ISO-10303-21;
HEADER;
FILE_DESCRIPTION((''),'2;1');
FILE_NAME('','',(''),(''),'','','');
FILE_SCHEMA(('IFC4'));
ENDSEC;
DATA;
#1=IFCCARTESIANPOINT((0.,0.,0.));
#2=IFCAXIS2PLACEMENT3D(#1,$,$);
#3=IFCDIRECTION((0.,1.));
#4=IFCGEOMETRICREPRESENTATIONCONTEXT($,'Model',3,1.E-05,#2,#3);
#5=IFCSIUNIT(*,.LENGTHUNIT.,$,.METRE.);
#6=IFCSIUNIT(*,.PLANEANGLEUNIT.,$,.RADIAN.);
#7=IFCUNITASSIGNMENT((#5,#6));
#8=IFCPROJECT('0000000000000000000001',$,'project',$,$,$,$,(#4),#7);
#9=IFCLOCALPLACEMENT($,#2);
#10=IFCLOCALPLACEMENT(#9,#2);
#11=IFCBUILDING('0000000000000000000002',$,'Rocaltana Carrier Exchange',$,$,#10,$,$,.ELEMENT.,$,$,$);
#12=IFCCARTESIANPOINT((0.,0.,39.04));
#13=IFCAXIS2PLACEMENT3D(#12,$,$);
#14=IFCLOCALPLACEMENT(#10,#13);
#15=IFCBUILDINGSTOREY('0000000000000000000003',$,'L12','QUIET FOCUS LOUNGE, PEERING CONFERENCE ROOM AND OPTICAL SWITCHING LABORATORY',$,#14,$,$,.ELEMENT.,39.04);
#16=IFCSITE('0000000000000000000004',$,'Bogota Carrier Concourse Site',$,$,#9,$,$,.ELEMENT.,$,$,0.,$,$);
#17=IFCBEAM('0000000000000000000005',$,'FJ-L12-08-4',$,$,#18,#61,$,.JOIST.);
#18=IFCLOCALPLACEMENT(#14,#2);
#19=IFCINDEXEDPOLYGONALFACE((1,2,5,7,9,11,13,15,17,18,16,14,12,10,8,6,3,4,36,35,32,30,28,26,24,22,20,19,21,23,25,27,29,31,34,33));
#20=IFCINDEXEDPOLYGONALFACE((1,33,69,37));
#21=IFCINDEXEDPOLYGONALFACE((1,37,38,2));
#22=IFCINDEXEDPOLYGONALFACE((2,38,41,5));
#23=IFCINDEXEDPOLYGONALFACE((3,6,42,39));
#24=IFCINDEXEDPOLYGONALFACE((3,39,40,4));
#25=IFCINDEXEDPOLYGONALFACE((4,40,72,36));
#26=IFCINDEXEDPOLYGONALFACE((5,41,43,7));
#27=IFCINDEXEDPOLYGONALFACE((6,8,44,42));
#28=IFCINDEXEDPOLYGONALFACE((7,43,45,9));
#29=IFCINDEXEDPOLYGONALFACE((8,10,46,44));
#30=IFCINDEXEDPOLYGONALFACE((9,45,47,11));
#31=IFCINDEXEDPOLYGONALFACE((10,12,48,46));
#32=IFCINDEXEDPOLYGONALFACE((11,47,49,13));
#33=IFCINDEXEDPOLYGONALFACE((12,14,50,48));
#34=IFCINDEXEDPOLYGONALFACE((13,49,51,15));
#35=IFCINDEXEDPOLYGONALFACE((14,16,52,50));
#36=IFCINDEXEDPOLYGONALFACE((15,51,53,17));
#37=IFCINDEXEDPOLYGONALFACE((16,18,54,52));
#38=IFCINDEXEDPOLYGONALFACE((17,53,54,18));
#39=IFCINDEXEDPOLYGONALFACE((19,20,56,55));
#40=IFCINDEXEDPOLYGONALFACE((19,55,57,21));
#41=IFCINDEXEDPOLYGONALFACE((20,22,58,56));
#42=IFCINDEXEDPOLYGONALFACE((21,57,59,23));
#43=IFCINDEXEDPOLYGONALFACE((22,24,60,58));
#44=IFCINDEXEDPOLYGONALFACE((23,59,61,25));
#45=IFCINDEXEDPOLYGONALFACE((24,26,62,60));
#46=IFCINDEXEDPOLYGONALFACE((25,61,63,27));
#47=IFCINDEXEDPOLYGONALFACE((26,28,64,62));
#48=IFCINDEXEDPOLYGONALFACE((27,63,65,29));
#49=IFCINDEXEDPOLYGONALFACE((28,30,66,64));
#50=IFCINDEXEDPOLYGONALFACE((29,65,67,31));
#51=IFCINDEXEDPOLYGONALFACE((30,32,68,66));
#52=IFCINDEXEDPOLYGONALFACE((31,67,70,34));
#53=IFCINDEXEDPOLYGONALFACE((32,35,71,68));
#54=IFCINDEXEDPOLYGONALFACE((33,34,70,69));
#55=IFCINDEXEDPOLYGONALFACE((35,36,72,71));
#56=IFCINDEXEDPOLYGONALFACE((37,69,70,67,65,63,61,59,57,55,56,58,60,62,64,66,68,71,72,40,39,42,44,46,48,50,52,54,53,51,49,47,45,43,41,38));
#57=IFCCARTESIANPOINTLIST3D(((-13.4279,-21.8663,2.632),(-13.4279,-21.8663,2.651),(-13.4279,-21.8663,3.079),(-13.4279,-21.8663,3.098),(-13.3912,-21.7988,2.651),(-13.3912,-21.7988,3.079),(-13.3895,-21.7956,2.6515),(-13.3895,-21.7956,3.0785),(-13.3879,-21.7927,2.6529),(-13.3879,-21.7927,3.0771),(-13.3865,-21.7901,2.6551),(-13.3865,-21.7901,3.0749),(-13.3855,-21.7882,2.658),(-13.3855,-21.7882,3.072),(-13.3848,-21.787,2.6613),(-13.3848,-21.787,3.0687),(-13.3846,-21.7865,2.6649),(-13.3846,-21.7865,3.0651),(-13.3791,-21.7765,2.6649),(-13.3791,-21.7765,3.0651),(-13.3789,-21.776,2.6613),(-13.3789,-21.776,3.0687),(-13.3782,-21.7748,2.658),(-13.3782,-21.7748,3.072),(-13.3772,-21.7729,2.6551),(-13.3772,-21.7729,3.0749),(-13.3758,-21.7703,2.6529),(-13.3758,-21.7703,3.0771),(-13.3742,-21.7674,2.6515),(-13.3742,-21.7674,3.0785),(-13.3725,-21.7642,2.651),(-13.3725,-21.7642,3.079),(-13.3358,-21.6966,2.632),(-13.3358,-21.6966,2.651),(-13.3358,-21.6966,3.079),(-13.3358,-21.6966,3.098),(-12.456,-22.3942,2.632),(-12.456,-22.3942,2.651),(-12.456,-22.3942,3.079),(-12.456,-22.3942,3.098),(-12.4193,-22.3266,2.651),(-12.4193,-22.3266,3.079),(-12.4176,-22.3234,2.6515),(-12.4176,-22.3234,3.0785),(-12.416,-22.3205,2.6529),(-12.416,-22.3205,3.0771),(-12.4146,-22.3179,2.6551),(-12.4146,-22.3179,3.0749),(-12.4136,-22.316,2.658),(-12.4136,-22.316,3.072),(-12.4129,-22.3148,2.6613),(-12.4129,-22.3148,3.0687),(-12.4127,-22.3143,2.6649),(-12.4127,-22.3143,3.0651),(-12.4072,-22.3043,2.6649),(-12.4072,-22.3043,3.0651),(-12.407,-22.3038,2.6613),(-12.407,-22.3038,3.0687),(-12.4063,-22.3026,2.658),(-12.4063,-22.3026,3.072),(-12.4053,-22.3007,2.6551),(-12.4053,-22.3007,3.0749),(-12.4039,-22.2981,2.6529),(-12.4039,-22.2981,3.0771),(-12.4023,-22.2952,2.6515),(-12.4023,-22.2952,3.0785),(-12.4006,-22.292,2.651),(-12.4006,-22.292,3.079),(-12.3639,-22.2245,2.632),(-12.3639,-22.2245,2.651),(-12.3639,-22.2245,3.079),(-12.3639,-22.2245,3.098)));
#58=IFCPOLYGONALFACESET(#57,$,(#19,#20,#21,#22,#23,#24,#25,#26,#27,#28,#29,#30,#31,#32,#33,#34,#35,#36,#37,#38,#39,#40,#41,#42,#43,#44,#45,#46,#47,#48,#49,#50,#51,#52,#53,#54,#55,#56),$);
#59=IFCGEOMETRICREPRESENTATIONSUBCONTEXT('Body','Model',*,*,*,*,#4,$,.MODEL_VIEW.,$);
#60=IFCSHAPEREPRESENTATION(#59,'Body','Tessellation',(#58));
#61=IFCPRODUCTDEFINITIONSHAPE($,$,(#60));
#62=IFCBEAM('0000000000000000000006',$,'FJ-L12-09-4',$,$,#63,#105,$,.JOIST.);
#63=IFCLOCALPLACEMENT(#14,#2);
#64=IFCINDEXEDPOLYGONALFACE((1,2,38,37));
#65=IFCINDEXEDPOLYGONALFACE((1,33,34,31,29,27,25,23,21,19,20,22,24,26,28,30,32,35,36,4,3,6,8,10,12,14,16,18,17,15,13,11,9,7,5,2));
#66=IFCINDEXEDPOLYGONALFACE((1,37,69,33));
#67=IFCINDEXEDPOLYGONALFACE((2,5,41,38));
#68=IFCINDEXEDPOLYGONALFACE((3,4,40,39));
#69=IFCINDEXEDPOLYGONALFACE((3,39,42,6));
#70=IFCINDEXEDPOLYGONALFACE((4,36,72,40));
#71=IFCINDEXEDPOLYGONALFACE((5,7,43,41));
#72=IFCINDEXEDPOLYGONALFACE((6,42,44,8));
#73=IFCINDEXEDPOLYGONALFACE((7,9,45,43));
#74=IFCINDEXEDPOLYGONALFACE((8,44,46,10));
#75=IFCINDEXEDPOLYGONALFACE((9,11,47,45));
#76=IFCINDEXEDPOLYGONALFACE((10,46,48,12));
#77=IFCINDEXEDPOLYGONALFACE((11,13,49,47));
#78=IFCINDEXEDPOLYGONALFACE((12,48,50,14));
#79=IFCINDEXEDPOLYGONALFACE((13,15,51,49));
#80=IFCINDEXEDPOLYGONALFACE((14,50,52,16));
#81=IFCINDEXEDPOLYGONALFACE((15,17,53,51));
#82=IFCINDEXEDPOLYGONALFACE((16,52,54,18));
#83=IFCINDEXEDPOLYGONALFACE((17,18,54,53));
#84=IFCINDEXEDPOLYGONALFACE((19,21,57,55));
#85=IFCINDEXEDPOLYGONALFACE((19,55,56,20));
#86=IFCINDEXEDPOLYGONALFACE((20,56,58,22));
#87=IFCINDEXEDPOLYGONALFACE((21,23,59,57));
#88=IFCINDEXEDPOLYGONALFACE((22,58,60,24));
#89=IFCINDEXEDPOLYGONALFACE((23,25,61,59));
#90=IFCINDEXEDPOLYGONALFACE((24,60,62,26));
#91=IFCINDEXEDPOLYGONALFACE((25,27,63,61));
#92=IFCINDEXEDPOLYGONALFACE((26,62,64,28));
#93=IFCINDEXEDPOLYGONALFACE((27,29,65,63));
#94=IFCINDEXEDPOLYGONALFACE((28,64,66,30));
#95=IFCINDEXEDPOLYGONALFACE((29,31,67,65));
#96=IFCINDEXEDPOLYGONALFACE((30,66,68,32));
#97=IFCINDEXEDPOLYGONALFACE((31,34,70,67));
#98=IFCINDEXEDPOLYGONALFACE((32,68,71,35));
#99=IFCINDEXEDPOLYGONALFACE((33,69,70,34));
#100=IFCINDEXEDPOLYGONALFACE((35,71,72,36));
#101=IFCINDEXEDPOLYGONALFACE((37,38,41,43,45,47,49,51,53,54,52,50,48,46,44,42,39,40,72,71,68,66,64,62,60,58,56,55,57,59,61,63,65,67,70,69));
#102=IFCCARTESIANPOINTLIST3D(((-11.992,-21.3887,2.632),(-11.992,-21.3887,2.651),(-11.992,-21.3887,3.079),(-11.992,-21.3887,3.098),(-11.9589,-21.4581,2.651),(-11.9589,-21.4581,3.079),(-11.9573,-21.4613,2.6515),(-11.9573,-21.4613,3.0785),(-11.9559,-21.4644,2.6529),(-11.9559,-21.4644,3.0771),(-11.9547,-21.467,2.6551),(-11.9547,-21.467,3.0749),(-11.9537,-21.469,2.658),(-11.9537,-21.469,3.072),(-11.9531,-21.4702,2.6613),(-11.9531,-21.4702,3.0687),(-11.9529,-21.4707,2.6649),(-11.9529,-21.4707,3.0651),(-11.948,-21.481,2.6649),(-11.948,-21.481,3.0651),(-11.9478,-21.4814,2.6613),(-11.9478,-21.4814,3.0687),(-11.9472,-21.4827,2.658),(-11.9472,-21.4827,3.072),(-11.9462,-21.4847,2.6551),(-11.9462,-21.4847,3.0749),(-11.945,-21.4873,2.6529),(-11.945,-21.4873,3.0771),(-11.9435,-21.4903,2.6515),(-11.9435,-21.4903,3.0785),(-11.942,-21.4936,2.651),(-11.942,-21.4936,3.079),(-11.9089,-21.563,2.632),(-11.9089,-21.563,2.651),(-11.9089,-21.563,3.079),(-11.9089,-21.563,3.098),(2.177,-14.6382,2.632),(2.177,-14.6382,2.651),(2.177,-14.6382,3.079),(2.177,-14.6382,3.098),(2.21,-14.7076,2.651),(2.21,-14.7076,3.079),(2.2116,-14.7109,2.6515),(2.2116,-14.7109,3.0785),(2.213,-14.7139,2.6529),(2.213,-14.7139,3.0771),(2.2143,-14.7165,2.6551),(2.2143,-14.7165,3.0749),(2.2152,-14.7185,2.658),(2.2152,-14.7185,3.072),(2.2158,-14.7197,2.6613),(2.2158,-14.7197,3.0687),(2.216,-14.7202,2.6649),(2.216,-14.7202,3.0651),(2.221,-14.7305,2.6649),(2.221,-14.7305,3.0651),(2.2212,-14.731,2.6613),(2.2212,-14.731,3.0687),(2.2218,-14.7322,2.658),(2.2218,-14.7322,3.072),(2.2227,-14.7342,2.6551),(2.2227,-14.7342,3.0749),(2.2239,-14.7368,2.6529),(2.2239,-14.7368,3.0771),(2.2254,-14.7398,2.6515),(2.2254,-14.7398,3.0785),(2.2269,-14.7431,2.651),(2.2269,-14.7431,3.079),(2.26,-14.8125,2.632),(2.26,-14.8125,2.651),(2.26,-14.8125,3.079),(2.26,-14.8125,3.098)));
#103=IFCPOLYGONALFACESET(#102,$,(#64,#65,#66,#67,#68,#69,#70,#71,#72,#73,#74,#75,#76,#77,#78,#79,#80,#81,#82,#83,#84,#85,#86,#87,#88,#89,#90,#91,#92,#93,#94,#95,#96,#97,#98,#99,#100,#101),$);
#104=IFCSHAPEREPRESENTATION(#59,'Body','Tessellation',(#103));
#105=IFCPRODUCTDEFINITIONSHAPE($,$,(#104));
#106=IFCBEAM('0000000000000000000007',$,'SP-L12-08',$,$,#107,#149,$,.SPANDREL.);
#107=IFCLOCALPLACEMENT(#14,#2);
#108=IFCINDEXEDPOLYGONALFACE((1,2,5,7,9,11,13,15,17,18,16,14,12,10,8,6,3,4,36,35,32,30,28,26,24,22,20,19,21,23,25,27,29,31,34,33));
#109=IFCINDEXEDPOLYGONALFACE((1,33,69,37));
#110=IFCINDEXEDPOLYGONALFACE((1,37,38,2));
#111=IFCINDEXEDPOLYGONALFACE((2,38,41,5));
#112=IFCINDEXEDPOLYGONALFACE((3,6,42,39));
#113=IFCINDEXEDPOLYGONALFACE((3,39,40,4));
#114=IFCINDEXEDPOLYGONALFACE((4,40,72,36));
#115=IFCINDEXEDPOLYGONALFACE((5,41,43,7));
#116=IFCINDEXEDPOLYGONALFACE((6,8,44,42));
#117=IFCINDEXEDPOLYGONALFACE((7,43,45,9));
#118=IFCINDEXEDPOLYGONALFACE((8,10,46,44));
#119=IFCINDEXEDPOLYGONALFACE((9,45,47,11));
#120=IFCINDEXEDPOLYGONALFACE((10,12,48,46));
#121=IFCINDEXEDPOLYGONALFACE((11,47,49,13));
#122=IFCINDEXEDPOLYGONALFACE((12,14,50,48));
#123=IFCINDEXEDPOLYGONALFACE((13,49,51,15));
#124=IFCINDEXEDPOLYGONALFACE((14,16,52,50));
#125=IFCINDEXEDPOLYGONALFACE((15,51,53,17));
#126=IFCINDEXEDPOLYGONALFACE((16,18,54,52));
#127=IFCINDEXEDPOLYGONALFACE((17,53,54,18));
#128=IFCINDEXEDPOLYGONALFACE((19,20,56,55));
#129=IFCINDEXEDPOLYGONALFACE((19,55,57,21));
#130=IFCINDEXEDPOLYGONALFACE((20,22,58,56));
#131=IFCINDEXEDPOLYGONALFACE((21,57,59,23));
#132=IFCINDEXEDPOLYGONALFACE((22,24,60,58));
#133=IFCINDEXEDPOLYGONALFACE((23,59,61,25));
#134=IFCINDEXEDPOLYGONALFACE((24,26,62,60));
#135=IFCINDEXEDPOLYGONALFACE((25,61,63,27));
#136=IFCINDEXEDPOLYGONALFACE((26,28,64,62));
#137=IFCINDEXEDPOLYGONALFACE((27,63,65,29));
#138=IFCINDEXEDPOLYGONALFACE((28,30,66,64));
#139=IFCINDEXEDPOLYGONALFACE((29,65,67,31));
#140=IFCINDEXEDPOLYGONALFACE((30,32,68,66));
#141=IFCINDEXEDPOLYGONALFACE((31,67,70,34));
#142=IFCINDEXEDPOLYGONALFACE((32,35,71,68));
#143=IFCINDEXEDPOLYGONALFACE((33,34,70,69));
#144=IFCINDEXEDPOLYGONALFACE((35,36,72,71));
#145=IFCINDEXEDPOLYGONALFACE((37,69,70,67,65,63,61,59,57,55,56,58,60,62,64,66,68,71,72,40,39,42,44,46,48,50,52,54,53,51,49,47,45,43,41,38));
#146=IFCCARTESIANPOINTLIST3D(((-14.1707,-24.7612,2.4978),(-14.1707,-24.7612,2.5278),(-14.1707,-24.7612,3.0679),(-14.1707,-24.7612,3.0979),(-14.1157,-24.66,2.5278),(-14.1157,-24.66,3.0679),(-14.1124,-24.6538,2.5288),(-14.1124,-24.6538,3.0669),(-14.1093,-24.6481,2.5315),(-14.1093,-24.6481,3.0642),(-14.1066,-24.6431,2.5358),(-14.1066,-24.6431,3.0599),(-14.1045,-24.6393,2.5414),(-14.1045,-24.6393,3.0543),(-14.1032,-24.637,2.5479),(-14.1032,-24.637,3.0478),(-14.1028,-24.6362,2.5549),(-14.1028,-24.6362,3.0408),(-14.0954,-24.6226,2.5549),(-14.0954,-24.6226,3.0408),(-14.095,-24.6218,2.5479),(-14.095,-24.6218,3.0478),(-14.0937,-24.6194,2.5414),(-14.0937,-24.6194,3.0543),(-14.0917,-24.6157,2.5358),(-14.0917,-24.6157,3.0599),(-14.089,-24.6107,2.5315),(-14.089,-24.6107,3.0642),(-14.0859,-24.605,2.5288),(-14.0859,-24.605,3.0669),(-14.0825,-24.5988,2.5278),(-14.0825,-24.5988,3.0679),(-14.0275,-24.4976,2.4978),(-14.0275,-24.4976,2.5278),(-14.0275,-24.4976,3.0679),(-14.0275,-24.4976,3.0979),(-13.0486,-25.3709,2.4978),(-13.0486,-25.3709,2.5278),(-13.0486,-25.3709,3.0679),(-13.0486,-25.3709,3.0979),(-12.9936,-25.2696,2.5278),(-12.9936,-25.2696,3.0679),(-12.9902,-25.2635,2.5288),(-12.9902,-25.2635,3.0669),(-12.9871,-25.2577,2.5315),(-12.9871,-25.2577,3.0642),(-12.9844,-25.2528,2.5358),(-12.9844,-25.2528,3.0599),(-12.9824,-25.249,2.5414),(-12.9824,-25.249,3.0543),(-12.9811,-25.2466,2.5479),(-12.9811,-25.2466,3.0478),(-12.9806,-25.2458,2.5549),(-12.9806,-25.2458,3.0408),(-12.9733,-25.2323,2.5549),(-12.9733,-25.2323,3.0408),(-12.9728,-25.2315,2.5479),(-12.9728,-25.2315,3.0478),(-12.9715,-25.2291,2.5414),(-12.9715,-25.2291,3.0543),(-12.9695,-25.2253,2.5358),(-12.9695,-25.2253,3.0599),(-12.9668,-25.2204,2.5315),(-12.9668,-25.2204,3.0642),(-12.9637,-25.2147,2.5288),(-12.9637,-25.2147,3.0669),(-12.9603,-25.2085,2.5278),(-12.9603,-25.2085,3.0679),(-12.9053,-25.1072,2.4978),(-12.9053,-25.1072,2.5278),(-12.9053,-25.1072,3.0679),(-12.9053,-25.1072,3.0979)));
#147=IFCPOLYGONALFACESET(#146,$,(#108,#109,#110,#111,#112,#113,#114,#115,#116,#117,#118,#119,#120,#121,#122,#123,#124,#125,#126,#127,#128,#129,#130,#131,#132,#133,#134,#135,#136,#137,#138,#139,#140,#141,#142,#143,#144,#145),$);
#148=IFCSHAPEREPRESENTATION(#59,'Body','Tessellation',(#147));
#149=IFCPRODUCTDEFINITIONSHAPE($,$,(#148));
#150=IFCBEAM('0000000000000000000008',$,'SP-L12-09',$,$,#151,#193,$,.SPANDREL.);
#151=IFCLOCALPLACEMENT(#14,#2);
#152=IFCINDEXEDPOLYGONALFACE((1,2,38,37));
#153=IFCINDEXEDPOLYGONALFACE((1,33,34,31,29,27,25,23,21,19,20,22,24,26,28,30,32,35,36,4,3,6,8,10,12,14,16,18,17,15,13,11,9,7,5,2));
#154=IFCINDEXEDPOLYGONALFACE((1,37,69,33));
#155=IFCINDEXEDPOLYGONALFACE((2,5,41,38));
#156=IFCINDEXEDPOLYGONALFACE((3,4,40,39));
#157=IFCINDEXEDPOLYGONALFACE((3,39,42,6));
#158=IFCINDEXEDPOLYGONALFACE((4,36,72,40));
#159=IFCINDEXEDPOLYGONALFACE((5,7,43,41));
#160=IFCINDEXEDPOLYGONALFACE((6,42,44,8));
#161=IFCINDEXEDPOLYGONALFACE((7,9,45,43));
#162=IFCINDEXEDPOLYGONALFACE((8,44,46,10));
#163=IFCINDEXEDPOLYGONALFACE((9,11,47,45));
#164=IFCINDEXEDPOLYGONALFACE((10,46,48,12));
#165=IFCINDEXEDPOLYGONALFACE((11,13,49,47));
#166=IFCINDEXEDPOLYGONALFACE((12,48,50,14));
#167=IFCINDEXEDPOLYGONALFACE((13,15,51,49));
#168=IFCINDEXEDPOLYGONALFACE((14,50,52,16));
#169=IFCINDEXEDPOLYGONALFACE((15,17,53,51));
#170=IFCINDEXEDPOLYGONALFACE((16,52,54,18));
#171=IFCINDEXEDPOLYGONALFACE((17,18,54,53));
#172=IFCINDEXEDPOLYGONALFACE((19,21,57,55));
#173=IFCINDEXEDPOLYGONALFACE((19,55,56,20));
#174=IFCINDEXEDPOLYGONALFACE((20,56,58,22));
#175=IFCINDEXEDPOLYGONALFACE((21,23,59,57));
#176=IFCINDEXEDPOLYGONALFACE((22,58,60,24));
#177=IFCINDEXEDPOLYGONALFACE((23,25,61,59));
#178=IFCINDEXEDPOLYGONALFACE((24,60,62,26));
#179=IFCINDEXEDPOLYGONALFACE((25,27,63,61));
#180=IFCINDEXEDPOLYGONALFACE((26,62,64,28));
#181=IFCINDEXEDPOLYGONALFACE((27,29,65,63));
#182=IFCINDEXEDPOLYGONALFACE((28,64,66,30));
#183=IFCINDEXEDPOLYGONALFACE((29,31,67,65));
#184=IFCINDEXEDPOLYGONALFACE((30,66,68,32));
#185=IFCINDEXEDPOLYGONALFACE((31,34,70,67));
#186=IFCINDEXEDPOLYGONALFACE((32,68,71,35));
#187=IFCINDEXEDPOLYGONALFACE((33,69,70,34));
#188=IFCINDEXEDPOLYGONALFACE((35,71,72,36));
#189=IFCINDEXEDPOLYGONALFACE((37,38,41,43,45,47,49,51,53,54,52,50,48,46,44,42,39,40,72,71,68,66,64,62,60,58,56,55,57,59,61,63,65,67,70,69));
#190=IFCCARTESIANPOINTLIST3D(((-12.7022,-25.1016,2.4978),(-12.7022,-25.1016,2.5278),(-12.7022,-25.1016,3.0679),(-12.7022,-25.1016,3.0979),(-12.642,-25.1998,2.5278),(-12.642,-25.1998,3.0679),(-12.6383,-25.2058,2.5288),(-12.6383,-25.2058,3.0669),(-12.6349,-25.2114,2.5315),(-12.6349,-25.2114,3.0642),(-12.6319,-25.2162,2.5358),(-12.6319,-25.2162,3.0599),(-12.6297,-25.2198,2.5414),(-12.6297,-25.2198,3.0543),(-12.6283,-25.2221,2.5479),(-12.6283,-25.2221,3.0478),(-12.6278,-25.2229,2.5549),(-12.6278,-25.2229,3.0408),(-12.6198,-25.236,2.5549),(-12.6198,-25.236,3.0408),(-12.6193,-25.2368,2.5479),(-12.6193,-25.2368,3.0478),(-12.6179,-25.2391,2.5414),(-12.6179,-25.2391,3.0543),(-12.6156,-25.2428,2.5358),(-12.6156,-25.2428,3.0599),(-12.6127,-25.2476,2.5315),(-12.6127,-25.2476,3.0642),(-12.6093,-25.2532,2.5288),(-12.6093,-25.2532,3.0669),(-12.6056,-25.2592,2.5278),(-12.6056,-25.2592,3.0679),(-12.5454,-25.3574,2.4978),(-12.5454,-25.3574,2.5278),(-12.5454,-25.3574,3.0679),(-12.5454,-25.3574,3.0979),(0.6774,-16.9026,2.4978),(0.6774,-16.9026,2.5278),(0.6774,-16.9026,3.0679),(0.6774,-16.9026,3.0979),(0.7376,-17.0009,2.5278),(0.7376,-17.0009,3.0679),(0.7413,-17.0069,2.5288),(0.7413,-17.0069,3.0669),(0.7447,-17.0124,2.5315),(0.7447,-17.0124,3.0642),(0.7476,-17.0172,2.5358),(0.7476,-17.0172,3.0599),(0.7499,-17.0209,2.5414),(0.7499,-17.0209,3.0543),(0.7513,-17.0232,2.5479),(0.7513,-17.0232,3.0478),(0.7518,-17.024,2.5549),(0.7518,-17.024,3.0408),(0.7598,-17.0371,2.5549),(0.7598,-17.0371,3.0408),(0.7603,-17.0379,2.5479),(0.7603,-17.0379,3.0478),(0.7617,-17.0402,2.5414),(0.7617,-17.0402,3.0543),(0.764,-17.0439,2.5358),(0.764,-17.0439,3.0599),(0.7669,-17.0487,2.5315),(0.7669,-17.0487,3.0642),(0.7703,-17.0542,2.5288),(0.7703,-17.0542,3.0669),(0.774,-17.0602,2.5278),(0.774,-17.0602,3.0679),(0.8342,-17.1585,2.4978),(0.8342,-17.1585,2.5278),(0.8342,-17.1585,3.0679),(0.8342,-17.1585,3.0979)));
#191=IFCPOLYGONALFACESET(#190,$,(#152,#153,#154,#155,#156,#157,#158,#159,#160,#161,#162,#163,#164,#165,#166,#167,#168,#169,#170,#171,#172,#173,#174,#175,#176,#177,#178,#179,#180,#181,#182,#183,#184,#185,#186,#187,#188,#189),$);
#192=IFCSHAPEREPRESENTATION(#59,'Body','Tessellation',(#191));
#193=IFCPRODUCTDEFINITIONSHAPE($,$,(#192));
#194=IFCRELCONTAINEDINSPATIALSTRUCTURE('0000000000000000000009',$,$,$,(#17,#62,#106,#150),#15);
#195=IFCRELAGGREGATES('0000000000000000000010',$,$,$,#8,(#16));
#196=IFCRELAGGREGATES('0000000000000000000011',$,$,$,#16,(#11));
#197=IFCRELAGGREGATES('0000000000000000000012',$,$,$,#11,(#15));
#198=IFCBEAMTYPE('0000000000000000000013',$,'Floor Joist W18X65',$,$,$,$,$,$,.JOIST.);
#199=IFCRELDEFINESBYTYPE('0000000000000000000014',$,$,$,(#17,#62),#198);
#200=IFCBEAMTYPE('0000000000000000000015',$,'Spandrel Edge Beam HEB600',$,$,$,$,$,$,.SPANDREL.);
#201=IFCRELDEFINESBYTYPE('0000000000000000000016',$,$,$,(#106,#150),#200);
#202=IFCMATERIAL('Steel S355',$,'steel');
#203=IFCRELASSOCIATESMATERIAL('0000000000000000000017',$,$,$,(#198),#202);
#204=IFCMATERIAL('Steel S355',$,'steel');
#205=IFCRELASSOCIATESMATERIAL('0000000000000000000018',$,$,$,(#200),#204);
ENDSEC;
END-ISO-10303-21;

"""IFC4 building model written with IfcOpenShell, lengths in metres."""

from ifc_helpers import new_model, si_unit, direction, frame, origin, origin_2d, place, context, subcontext, project, spatial, i_section, extrude, material, material_profile, profile_set, type_object, element, save


model = new_model("IFC4")

# Units and contexts
model_context = context("Model", 3, precision=1e-05, world=origin(), true_north=direction((0.0, 1.0)))
body_context = subcontext(model_context, "Body", "Model", "MODEL_VIEW")
ifc_project = project(units=[si_unit("LENGTHUNIT", "METRE"), si_unit("PLANEANGLEUNIT", "RADIAN")], contexts=[model_context])

# Site, building, storey
site_placement = place(None, origin())
site = spatial("IfcSite", under=ifc_project, at=site_placement, Name="Bogota Carrier Concourse Site", CompositionType="ELEMENT", RefElevation=0.0)
building_placement = place(site_placement, origin())
building = spatial("IfcBuilding", under=site, at=building_placement, Name="Rocaltana Carrier Exchange", CompositionType="ELEMENT")
storey_placement = place(building_placement, frame((0.0, 0.0, 39.04)))
storey = spatial("IfcBuildingStorey", under=building, at=storey_placement, Name="L12", Description="QUIET FOCUS LOUNGE, PEERING CONFERENCE ROOM AND OPTICAL SWITCHING LABORATORY", CompositionType="ELEMENT", Elevation=39.04)

# Beams
ifc_material_1 = material(Name="Steel S355", Category="steel")
ifc_material_profile_1 = material_profile(ifc_material_1, i_section(OverallWidth=0.1931, OverallDepth=0.4661, WebThickness=0.0115, FlangeThickness=0.019, FilletRadius=0.0139, at=origin_2d()), Name="W18X65")
ifc_profile_set_1 = profile_set([ifc_material_profile_1], Name="Steel S355")
beam_type_1 = type_object("IfcBeamType", Name="Floor Joist W18X65", PredefinedType="JOIST", material=ifc_profile_set_1)
beam_1_placement = place(storey_placement, frame((-13.3818, -21.7815, 2.865), z_axis=(0.878771, -0.477243, 0.0), x_axis=(0.477243, 0.878771, 0.0)))
element("IfcBeam", 1, at=beam_1_placement, inside=storey, type_object=beam_type_1, Name="FJ-L12-08-4", PredefinedType="JOIST", context=body_context, shape_type="SweptSolid", body=[
    extrude(i_section(OverallWidth=0.1931, OverallDepth=0.4661, WebThickness=0.0115, FlangeThickness=0.019, FilletRadius=0.0139, at=origin_2d()), origin(), (0.0, 0.0, 1.0), 1.106),
])
beam_2_placement = place(storey_placement, frame((-11.9504, -21.4758, 2.865), z_axis=(0.902777, 0.430109, 0.0), x_axis=(-0.430109, 0.902777, 0.0)))
element("IfcBeam", 2, at=beam_2_placement, inside=storey, type_object=beam_type_1, Name="FJ-L12-09-4", PredefinedType="JOIST", context=body_context, shape_type="SweptSolid", body=[
    extrude(i_section(OverallWidth=0.1931, OverallDepth=0.4661, WebThickness=0.0115, FlangeThickness=0.019, FilletRadius=0.0139, at=origin_2d()), origin(), (0.0, 0.0, 1.0), 15.6948),
])
ifc_material_2 = material(Name="Steel S355", Category="steel")
ifc_material_profile_2 = material_profile(ifc_material_2, i_section(OverallWidth=0.3, OverallDepth=0.6001, WebThickness=0.0154, FlangeThickness=0.03, FilletRadius=0.0271, at=origin_2d()), Name="HEB600")
ifc_profile_set_2 = profile_set([ifc_material_profile_2], Name="Steel S355")
beam_type_2 = type_object("IfcBeamType", Name="Spandrel Edge Beam HEB600", PredefinedType="SPANDREL", material=ifc_profile_set_2)
beam_3_placement = place(storey_placement, frame((-14.0991, -24.6294, 2.7979), z_axis=(0.878691, -0.477391, 0.0), x_axis=(0.477391, 0.878691, 0.0)))
element("IfcBeam", 3, at=beam_3_placement, inside=storey, type_object=beam_type_2, Name="SP-L12-08", PredefinedType="SPANDREL", context=body_context, shape_type="SweptSolid", body=[
    extrude(i_section(OverallWidth=0.3, OverallDepth=0.6001, WebThickness=0.0154, FlangeThickness=0.03, FilletRadius=0.0271, at=origin_2d()), origin(), (0.0, 0.0, 1.0), 1.2771),
])
beam_4_placement = place(storey_placement, frame((-12.6238, -25.2295, 2.7979), z_axis=(0.852642, 0.522495, 0.0), x_axis=(-0.522495, 0.852642, 0.0)))
element("IfcBeam", 4, at=beam_4_placement, inside=storey, type_object=beam_type_2, Name="SP-L12-09", PredefinedType="SPANDREL", context=body_context, shape_type="SweptSolid", body=[
    extrude(i_section(OverallWidth=0.3, OverallDepth=0.6001, WebThickness=0.0154, FlangeThickness=0.03, FilletRadius=0.0271, at=origin_2d()), origin(), (0.0, 0.0, 1.0), 15.6919),
])

save(model, "model.ifc")
